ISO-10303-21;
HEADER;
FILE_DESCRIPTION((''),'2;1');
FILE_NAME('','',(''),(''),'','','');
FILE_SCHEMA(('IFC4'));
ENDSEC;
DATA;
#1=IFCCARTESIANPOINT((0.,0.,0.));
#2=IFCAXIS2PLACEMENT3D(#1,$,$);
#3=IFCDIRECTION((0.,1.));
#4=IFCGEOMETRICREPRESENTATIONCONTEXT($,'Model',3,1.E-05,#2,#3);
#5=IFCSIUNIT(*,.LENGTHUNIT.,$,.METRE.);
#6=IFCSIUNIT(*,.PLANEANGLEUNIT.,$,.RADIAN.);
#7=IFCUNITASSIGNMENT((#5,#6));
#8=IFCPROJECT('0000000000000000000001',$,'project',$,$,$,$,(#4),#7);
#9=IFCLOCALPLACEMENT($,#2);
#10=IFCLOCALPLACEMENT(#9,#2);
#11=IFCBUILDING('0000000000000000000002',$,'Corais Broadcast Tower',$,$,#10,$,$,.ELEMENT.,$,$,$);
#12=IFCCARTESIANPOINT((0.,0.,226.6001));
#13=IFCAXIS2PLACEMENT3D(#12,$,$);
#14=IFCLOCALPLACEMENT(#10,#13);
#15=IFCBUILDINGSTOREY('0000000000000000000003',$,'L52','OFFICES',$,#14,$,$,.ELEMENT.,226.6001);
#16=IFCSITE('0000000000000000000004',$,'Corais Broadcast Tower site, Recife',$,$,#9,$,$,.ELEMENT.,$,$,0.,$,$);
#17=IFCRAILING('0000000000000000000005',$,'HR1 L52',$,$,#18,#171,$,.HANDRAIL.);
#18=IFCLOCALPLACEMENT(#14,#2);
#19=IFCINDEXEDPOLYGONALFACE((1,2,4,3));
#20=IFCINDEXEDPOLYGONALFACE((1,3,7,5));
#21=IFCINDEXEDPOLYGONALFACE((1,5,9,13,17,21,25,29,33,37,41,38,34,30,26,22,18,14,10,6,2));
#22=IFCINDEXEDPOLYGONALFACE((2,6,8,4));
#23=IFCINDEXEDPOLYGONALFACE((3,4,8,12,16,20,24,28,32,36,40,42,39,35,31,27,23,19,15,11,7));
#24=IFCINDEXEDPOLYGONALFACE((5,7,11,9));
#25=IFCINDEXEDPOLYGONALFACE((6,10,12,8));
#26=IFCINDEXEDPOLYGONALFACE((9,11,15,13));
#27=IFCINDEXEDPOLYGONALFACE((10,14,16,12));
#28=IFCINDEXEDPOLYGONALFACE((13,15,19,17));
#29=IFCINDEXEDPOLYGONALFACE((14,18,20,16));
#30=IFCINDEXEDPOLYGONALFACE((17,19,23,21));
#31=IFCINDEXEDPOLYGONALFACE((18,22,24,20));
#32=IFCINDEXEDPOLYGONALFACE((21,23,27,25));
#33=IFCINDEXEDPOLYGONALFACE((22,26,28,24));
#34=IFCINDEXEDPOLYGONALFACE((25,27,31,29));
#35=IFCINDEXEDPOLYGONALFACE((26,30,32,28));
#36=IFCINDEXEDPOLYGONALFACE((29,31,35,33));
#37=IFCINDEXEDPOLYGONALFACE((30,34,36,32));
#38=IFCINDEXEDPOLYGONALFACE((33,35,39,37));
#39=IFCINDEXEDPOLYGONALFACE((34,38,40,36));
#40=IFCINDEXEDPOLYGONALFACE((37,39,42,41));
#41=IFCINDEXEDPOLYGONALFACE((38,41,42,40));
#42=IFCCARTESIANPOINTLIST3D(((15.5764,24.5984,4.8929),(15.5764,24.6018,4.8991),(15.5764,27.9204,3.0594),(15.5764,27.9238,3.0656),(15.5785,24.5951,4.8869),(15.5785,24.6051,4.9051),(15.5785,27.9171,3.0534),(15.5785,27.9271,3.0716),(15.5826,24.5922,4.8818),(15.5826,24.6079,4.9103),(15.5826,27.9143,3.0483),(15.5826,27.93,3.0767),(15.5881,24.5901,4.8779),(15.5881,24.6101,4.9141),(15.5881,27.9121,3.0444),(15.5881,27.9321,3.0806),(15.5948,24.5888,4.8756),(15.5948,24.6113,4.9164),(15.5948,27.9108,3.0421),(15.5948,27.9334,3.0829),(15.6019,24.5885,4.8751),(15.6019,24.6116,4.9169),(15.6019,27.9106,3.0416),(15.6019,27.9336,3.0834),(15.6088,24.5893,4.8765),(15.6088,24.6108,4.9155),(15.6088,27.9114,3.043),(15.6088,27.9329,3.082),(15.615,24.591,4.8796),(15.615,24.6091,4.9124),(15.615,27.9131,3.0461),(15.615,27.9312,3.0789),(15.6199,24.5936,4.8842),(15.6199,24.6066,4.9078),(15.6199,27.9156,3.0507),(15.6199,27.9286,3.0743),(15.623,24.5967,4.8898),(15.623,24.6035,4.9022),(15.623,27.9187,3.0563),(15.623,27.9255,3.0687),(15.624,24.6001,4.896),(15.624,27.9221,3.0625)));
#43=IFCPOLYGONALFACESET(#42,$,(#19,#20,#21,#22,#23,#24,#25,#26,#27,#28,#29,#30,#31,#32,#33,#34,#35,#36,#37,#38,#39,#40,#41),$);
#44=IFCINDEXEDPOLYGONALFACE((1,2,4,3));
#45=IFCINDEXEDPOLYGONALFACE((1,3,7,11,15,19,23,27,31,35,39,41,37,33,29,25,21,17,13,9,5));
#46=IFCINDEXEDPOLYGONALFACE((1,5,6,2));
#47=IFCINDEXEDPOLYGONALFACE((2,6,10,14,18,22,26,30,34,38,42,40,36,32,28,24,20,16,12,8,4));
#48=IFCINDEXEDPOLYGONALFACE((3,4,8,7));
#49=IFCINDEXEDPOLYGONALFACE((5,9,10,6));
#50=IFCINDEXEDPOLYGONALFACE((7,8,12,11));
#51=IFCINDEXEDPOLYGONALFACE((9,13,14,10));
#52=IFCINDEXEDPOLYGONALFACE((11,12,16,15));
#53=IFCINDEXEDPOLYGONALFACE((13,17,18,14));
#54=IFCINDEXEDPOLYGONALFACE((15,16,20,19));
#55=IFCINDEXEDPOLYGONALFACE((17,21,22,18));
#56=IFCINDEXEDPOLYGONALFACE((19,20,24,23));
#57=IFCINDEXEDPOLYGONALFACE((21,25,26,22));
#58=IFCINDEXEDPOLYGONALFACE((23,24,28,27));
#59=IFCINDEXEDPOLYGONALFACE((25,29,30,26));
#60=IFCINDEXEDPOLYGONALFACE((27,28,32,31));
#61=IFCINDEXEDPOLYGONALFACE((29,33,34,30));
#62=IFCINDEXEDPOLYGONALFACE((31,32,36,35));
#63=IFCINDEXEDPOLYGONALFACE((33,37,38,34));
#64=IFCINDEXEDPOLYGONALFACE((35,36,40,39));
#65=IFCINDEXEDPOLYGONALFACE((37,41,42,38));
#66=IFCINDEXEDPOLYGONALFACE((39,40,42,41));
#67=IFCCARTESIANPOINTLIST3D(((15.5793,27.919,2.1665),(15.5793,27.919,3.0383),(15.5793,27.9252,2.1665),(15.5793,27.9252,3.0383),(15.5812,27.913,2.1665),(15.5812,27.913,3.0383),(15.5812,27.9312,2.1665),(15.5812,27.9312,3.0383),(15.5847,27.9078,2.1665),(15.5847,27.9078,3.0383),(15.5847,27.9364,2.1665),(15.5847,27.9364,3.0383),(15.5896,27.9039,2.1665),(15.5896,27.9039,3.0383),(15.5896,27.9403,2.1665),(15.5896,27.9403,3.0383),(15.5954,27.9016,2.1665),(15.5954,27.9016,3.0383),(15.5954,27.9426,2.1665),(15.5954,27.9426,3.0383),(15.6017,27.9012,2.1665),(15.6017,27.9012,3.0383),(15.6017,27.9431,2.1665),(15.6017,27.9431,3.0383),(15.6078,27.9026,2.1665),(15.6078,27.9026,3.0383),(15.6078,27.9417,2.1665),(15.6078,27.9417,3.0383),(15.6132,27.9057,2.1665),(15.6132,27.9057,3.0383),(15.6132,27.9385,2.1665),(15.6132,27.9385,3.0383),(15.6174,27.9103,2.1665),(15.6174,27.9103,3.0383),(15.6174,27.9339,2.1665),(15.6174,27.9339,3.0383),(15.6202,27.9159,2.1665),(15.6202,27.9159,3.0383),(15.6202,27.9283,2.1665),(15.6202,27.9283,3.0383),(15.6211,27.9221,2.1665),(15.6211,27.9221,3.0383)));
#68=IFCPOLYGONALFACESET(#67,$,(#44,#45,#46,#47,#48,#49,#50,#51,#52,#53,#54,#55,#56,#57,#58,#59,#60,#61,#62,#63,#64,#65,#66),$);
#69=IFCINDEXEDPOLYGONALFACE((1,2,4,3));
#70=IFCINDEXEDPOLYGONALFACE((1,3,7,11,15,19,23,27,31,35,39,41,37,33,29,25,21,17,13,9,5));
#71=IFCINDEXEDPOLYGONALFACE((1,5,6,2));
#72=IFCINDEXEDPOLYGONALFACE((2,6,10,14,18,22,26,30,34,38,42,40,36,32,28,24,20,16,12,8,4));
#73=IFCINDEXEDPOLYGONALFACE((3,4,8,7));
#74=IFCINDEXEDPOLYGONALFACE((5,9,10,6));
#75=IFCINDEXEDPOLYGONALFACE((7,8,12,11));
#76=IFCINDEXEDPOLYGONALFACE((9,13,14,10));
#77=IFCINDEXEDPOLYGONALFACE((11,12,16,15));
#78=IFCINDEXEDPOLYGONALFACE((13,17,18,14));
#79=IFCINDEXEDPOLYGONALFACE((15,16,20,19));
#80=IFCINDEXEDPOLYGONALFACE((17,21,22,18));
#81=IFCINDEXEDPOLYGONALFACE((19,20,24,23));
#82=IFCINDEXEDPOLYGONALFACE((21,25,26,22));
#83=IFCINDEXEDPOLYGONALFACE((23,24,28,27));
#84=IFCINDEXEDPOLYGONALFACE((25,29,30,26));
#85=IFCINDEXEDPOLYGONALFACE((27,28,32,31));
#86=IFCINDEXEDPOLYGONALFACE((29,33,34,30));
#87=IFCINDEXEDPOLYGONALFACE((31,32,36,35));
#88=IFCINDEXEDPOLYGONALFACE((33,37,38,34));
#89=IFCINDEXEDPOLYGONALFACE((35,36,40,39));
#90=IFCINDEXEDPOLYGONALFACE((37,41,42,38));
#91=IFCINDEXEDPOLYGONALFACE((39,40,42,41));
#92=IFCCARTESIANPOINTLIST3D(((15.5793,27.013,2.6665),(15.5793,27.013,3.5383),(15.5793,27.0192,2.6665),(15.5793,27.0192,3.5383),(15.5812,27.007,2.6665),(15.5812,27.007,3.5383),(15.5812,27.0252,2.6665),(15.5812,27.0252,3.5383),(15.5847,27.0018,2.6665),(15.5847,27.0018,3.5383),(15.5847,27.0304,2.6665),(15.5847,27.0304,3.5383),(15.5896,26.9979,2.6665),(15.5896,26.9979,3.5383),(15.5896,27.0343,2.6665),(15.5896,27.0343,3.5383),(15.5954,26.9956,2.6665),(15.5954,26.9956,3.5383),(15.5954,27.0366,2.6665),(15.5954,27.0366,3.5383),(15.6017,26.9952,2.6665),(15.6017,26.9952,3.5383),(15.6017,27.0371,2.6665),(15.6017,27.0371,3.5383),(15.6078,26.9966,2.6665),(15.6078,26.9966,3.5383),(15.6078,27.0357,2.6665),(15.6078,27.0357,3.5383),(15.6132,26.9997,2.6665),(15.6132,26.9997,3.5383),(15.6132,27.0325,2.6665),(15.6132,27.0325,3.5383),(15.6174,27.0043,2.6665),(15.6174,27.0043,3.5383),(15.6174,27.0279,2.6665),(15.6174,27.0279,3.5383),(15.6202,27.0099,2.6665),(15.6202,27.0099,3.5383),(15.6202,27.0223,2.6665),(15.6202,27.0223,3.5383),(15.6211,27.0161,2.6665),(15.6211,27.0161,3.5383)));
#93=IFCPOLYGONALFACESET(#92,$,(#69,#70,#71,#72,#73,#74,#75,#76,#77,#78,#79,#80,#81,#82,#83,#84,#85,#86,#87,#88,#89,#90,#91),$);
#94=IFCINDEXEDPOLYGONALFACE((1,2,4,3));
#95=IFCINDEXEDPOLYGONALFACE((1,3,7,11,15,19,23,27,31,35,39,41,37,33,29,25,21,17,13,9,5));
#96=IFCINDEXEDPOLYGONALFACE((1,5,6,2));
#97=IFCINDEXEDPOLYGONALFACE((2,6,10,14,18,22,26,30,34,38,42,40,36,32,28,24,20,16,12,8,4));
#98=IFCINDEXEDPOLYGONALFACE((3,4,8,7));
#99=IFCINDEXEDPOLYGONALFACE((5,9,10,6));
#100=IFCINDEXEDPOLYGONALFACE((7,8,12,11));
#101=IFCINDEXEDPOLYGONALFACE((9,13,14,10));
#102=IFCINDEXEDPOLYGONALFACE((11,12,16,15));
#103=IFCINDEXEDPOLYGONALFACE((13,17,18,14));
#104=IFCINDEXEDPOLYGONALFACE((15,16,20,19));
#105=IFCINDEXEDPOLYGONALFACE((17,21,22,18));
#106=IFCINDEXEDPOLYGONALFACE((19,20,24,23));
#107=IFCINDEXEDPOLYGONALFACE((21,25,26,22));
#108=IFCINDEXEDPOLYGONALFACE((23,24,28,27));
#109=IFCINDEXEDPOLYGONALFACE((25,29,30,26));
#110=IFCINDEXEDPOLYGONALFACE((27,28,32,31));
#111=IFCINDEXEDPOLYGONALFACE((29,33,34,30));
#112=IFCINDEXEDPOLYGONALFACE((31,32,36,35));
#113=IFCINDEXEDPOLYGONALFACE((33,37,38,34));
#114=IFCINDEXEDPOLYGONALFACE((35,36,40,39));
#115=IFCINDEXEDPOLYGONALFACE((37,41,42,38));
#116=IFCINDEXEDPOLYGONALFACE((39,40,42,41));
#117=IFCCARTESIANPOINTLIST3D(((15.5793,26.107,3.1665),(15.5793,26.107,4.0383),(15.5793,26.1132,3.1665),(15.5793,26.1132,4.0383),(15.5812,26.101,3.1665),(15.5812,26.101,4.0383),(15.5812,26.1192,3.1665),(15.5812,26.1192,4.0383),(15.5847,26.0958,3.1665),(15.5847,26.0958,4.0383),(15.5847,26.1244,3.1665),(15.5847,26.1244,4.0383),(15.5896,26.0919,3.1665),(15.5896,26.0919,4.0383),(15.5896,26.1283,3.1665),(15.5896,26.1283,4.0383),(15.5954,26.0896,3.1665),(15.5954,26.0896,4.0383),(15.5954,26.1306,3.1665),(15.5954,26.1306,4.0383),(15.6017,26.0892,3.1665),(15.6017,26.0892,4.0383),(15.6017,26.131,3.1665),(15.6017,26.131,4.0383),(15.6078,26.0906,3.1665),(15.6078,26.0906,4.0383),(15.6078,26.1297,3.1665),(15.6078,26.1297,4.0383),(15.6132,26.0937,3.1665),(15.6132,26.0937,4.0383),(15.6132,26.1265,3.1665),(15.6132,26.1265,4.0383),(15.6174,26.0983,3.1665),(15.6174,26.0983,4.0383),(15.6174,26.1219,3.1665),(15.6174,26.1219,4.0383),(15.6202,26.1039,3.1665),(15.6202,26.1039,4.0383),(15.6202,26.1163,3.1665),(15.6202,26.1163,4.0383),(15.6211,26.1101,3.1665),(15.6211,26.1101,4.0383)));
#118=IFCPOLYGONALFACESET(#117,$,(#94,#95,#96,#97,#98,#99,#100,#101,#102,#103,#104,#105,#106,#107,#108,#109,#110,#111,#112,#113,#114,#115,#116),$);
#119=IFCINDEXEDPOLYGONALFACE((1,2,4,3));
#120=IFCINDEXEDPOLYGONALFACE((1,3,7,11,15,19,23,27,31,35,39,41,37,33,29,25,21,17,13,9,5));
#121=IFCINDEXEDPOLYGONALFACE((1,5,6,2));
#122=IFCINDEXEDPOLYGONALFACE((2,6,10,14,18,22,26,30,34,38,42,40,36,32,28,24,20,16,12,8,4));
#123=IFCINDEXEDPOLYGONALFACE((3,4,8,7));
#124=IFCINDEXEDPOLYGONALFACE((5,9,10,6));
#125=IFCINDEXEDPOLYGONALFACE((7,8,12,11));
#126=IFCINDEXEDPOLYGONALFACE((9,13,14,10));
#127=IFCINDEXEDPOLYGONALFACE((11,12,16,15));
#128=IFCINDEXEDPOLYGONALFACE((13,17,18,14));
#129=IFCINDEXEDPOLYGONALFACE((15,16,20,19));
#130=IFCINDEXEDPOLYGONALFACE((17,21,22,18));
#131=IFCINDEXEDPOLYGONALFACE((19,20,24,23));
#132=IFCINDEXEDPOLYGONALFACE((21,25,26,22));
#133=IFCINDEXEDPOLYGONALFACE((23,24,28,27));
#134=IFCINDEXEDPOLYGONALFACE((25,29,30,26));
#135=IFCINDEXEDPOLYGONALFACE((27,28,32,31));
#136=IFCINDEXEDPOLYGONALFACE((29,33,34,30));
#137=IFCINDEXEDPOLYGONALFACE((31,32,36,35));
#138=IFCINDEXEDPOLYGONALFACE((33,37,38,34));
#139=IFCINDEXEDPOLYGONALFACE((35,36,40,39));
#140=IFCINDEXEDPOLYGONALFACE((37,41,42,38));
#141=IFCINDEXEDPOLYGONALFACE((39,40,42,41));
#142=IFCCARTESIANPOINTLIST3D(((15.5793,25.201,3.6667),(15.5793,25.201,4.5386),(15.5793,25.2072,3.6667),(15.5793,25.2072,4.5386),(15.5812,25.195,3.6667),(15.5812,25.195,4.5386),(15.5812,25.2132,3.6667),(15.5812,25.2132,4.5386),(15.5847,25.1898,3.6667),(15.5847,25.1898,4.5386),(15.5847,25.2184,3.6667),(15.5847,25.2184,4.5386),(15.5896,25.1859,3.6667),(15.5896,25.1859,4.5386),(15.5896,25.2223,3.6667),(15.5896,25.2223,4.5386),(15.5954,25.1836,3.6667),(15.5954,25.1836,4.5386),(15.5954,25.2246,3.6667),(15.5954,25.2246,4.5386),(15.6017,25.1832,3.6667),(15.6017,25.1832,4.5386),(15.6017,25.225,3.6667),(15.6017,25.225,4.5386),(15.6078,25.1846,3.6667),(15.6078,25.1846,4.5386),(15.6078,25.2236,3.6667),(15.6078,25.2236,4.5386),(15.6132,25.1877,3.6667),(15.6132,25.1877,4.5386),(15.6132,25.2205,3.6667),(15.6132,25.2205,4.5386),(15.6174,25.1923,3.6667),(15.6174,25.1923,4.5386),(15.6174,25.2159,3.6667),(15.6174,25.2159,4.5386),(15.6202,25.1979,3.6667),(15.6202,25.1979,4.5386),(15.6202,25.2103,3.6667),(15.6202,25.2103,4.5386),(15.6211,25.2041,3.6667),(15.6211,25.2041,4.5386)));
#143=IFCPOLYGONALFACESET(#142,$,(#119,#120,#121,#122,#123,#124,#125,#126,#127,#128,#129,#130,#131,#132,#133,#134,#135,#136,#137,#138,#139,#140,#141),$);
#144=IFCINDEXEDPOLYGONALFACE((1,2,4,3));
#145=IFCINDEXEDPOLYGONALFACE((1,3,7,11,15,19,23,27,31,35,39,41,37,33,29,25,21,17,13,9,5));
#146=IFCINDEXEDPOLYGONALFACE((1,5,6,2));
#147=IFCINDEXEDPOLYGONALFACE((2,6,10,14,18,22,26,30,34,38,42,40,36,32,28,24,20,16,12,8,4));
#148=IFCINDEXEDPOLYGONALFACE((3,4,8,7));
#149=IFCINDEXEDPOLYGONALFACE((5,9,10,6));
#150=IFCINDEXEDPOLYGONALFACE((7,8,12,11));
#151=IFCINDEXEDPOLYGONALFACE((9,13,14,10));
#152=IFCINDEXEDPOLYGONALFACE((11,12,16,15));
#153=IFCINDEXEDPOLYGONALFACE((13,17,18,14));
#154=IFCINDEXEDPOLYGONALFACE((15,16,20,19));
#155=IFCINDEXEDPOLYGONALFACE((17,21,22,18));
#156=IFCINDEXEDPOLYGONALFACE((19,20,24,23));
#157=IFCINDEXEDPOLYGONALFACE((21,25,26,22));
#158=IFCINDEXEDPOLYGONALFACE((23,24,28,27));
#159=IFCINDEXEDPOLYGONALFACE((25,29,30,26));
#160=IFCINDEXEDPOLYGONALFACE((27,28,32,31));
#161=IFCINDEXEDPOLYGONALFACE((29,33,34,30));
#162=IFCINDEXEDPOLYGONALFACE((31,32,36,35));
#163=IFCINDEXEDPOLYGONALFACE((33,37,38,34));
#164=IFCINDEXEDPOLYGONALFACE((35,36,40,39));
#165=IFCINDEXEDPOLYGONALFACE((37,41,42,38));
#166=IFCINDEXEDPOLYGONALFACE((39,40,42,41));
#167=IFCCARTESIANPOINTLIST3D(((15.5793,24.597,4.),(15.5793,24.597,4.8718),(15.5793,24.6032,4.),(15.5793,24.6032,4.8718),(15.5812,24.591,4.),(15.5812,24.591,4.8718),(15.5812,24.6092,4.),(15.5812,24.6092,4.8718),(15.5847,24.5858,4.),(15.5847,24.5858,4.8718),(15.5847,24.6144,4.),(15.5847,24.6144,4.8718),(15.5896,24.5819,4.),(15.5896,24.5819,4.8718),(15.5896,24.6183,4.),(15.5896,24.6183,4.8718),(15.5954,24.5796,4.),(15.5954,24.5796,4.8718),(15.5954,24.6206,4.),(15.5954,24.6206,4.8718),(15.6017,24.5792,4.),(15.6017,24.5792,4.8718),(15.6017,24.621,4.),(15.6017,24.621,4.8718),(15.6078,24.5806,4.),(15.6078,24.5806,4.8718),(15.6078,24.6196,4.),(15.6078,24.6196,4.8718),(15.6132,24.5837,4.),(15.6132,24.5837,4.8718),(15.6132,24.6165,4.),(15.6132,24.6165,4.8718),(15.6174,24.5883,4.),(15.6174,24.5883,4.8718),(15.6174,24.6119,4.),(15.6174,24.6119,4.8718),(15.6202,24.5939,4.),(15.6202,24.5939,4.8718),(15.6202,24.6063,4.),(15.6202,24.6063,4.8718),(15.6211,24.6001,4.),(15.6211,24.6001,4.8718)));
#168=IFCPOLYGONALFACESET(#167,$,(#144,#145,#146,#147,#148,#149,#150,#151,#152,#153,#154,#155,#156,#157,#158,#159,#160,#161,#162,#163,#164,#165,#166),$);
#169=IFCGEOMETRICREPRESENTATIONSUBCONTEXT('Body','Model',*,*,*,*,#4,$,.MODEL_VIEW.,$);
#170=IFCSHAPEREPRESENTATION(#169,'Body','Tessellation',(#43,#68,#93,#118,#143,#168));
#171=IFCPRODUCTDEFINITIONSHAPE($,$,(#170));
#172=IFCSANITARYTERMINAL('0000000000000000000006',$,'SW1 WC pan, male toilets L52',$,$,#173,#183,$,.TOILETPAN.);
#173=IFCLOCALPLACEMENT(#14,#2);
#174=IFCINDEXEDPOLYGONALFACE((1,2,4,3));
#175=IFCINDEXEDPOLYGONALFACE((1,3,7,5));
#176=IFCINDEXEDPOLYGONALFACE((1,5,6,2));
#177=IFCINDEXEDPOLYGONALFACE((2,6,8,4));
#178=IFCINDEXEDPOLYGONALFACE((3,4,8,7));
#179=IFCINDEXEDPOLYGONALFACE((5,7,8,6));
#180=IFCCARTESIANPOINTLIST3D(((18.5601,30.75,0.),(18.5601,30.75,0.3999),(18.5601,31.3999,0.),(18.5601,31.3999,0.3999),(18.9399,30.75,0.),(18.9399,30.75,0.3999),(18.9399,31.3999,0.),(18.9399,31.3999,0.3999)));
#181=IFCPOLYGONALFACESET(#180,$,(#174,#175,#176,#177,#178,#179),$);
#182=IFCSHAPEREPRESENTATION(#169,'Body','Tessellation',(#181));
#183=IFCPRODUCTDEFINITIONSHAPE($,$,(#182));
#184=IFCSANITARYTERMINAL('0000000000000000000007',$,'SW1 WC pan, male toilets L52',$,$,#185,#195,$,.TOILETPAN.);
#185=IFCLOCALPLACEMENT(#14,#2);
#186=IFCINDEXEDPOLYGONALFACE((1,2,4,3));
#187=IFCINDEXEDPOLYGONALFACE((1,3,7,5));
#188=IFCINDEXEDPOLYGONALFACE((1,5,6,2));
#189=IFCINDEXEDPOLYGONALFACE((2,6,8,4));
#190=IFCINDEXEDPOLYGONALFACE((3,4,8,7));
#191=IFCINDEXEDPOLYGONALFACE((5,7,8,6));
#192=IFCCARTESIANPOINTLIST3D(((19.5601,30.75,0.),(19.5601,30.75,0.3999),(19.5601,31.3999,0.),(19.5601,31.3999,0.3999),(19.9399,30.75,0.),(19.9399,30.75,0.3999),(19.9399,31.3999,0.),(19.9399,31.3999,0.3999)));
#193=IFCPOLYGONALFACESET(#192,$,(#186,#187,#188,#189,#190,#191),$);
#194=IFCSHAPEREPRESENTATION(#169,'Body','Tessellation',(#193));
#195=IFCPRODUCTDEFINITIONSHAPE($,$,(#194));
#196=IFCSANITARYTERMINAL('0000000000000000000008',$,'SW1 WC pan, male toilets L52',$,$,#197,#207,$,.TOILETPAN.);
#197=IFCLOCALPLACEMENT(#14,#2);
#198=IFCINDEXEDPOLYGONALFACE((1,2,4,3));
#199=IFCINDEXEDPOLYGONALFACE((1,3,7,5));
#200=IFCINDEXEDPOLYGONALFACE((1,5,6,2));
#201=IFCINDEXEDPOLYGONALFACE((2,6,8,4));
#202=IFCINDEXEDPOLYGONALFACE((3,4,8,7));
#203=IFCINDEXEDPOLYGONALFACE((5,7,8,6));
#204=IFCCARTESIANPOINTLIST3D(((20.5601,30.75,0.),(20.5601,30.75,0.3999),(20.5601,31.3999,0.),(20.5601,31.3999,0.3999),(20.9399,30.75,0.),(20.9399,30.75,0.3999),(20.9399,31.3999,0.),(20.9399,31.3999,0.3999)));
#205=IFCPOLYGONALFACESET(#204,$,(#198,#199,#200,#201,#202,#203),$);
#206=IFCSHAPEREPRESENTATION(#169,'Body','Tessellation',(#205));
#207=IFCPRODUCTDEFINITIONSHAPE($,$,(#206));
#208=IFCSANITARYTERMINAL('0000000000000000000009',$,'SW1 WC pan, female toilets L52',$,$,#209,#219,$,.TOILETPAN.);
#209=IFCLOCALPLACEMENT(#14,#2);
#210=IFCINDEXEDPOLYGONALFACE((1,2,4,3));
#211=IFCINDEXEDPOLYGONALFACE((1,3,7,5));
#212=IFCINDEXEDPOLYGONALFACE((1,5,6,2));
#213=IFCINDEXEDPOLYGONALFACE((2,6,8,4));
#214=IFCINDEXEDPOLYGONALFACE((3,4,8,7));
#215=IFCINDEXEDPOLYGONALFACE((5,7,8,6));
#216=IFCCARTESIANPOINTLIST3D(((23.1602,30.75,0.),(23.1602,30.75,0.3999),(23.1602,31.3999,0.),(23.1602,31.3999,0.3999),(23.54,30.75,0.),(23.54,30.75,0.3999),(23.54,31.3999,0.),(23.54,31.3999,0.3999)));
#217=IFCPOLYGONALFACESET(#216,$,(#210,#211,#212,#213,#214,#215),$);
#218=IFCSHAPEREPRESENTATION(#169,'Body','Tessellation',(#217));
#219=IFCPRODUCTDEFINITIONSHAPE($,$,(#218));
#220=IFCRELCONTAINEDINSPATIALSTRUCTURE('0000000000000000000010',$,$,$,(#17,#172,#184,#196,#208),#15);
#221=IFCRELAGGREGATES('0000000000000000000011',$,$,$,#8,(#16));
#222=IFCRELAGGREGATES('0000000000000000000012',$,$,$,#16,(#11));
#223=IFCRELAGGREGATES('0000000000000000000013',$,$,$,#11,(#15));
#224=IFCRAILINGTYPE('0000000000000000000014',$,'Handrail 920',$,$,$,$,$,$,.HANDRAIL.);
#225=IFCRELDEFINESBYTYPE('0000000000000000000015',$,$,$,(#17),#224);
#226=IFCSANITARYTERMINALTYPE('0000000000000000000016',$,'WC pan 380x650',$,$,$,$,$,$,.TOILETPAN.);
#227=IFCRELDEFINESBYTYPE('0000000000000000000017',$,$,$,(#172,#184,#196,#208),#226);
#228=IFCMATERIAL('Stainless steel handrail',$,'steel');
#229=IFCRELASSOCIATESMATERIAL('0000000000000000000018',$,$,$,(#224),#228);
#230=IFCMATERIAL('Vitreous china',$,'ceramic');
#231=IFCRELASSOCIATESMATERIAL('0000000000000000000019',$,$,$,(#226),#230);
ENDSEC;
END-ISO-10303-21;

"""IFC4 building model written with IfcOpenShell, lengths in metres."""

from ifc_helpers import new_model, si_unit, direction, frame, origin, origin_2d, place, context, subcontext, project, spatial, rectangle, circle, extrude, material, type_object, element, save


model = new_model("IFC4")

# Units and contexts
model_context = context("Model", 3, precision=1e-05, world=origin(), true_north=direction((0.0, 1.0)))
body_context = subcontext(model_context, "Body", "Model", "MODEL_VIEW")
ifc_project = project(units=[si_unit("LENGTHUNIT", "METRE"), si_unit("PLANEANGLEUNIT", "RADIAN")], contexts=[model_context])

# Site, building, storey
site_placement = place(None, origin())
site = spatial("IfcSite", under=ifc_project, at=site_placement, Name="Corais Broadcast Tower site, Recife", CompositionType="ELEMENT", RefElevation=0.0)
building_placement = place(site_placement, origin())
building = spatial("IfcBuilding", under=site, at=building_placement, Name="Corais Broadcast Tower", CompositionType="ELEMENT")
storey_placement = place(building_placement, frame((0.0, 0.0, 226.6001)))
storey = spatial("IfcBuildingStorey", under=building, at=storey_placement, Name="L52", Description="OFFICES", CompositionType="ELEMENT", Elevation=226.6001)

# Railing
ifc_material_1 = material(Name="Stainless steel handrail", Category="steel")
railing_type = type_object("IfcRailingType", Name="Handrail 920", PredefinedType="HANDRAIL", material=ifc_material_1)
railing_placement = place(storey_placement, frame((15.6001, 27.9221, 2.1665)))
element("IfcRailing", 1, at=railing_placement, inside=storey, type_object=railing_type, Name="HR1 L52", PredefinedType="HANDRAIL", context=body_context, shape_type="SweptSolid", body=[
    extrude(circle(Radius=0.0239, at=origin_2d()), frame((0.0, 0.0, 0.896), z_axis=(0.0, -0.875504, 0.48321), x_axis=(1.0, 0.0, 0.0)), (0.0, 0.0, 1.0), 3.7944),
    extrude(circle(Radius=0.021, at=origin_2d()), origin(), (0.0, 0.0, 1.0), 0.8718),
    extrude(circle(Radius=0.021, at=origin_2d()), frame((0.0, -0.906, 0.5)), (0.0, 0.0, 1.0), 0.8718),
    extrude(circle(Radius=0.021, at=origin_2d()), frame((0.0, -1.812, 1.0)), (0.0, 0.0, 1.0), 0.8718),
    extrude(circle(Radius=0.021, at=origin_2d()), frame((0.0, -2.718, 1.5002)), (0.0, 0.0, 1.0), 0.8718),
    extrude(circle(Radius=0.021, at=origin_2d()), frame((0.0, -3.322, 1.8335)), (0.0, 0.0, 1.0), 0.8718),
])

# Sanitary terminals
ifc_material_2 = material(Name="Vitreous china", Category="ceramic")
sanitary_terminal_type_1 = type_object("IfcSanitaryTerminalType", Name="WC pan 380x650", PredefinedType="TOILETPAN", material=ifc_material_2)
for number, where, z_axis, x_axis, name in (
    (2, (18.75, 31.075, 0.0), (0.0, 0.0, 1.0), (1.0, 0.0, 0.0), "SW1 WC pan, male toilets L52"),
    (3, (19.75, 31.075, 0.0), (0.0, 0.0, 1.0), (1.0, 0.0, 0.0), "SW1 WC pan, male toilets L52"),
    (4, (20.75, 31.075, 0.0), (0.0, 0.0, 1.0), (1.0, 0.0, 0.0), "SW1 WC pan, male toilets L52"),
    (5, (23.3501, 31.075, 0.0), (0.0, 0.0, 1.0), (1.0, 0.0, 0.0), "SW1 WC pan, female toilets L52"),
):
    element("IfcSanitaryTerminal", number, at=place(storey_placement, frame(where, z_axis=z_axis, x_axis=x_axis)), inside=storey, type_object=sanitary_terminal_type_1, Name=name, PredefinedType="TOILETPAN", context=body_context, shape_type="SweptSolid", body=[
        extrude(rectangle(XDim=0.3799, YDim=0.6499, at=origin_2d()), origin(), (0.0, 0.0, 1.0), 0.3999),
    ])

save(model, "model.ifc")
